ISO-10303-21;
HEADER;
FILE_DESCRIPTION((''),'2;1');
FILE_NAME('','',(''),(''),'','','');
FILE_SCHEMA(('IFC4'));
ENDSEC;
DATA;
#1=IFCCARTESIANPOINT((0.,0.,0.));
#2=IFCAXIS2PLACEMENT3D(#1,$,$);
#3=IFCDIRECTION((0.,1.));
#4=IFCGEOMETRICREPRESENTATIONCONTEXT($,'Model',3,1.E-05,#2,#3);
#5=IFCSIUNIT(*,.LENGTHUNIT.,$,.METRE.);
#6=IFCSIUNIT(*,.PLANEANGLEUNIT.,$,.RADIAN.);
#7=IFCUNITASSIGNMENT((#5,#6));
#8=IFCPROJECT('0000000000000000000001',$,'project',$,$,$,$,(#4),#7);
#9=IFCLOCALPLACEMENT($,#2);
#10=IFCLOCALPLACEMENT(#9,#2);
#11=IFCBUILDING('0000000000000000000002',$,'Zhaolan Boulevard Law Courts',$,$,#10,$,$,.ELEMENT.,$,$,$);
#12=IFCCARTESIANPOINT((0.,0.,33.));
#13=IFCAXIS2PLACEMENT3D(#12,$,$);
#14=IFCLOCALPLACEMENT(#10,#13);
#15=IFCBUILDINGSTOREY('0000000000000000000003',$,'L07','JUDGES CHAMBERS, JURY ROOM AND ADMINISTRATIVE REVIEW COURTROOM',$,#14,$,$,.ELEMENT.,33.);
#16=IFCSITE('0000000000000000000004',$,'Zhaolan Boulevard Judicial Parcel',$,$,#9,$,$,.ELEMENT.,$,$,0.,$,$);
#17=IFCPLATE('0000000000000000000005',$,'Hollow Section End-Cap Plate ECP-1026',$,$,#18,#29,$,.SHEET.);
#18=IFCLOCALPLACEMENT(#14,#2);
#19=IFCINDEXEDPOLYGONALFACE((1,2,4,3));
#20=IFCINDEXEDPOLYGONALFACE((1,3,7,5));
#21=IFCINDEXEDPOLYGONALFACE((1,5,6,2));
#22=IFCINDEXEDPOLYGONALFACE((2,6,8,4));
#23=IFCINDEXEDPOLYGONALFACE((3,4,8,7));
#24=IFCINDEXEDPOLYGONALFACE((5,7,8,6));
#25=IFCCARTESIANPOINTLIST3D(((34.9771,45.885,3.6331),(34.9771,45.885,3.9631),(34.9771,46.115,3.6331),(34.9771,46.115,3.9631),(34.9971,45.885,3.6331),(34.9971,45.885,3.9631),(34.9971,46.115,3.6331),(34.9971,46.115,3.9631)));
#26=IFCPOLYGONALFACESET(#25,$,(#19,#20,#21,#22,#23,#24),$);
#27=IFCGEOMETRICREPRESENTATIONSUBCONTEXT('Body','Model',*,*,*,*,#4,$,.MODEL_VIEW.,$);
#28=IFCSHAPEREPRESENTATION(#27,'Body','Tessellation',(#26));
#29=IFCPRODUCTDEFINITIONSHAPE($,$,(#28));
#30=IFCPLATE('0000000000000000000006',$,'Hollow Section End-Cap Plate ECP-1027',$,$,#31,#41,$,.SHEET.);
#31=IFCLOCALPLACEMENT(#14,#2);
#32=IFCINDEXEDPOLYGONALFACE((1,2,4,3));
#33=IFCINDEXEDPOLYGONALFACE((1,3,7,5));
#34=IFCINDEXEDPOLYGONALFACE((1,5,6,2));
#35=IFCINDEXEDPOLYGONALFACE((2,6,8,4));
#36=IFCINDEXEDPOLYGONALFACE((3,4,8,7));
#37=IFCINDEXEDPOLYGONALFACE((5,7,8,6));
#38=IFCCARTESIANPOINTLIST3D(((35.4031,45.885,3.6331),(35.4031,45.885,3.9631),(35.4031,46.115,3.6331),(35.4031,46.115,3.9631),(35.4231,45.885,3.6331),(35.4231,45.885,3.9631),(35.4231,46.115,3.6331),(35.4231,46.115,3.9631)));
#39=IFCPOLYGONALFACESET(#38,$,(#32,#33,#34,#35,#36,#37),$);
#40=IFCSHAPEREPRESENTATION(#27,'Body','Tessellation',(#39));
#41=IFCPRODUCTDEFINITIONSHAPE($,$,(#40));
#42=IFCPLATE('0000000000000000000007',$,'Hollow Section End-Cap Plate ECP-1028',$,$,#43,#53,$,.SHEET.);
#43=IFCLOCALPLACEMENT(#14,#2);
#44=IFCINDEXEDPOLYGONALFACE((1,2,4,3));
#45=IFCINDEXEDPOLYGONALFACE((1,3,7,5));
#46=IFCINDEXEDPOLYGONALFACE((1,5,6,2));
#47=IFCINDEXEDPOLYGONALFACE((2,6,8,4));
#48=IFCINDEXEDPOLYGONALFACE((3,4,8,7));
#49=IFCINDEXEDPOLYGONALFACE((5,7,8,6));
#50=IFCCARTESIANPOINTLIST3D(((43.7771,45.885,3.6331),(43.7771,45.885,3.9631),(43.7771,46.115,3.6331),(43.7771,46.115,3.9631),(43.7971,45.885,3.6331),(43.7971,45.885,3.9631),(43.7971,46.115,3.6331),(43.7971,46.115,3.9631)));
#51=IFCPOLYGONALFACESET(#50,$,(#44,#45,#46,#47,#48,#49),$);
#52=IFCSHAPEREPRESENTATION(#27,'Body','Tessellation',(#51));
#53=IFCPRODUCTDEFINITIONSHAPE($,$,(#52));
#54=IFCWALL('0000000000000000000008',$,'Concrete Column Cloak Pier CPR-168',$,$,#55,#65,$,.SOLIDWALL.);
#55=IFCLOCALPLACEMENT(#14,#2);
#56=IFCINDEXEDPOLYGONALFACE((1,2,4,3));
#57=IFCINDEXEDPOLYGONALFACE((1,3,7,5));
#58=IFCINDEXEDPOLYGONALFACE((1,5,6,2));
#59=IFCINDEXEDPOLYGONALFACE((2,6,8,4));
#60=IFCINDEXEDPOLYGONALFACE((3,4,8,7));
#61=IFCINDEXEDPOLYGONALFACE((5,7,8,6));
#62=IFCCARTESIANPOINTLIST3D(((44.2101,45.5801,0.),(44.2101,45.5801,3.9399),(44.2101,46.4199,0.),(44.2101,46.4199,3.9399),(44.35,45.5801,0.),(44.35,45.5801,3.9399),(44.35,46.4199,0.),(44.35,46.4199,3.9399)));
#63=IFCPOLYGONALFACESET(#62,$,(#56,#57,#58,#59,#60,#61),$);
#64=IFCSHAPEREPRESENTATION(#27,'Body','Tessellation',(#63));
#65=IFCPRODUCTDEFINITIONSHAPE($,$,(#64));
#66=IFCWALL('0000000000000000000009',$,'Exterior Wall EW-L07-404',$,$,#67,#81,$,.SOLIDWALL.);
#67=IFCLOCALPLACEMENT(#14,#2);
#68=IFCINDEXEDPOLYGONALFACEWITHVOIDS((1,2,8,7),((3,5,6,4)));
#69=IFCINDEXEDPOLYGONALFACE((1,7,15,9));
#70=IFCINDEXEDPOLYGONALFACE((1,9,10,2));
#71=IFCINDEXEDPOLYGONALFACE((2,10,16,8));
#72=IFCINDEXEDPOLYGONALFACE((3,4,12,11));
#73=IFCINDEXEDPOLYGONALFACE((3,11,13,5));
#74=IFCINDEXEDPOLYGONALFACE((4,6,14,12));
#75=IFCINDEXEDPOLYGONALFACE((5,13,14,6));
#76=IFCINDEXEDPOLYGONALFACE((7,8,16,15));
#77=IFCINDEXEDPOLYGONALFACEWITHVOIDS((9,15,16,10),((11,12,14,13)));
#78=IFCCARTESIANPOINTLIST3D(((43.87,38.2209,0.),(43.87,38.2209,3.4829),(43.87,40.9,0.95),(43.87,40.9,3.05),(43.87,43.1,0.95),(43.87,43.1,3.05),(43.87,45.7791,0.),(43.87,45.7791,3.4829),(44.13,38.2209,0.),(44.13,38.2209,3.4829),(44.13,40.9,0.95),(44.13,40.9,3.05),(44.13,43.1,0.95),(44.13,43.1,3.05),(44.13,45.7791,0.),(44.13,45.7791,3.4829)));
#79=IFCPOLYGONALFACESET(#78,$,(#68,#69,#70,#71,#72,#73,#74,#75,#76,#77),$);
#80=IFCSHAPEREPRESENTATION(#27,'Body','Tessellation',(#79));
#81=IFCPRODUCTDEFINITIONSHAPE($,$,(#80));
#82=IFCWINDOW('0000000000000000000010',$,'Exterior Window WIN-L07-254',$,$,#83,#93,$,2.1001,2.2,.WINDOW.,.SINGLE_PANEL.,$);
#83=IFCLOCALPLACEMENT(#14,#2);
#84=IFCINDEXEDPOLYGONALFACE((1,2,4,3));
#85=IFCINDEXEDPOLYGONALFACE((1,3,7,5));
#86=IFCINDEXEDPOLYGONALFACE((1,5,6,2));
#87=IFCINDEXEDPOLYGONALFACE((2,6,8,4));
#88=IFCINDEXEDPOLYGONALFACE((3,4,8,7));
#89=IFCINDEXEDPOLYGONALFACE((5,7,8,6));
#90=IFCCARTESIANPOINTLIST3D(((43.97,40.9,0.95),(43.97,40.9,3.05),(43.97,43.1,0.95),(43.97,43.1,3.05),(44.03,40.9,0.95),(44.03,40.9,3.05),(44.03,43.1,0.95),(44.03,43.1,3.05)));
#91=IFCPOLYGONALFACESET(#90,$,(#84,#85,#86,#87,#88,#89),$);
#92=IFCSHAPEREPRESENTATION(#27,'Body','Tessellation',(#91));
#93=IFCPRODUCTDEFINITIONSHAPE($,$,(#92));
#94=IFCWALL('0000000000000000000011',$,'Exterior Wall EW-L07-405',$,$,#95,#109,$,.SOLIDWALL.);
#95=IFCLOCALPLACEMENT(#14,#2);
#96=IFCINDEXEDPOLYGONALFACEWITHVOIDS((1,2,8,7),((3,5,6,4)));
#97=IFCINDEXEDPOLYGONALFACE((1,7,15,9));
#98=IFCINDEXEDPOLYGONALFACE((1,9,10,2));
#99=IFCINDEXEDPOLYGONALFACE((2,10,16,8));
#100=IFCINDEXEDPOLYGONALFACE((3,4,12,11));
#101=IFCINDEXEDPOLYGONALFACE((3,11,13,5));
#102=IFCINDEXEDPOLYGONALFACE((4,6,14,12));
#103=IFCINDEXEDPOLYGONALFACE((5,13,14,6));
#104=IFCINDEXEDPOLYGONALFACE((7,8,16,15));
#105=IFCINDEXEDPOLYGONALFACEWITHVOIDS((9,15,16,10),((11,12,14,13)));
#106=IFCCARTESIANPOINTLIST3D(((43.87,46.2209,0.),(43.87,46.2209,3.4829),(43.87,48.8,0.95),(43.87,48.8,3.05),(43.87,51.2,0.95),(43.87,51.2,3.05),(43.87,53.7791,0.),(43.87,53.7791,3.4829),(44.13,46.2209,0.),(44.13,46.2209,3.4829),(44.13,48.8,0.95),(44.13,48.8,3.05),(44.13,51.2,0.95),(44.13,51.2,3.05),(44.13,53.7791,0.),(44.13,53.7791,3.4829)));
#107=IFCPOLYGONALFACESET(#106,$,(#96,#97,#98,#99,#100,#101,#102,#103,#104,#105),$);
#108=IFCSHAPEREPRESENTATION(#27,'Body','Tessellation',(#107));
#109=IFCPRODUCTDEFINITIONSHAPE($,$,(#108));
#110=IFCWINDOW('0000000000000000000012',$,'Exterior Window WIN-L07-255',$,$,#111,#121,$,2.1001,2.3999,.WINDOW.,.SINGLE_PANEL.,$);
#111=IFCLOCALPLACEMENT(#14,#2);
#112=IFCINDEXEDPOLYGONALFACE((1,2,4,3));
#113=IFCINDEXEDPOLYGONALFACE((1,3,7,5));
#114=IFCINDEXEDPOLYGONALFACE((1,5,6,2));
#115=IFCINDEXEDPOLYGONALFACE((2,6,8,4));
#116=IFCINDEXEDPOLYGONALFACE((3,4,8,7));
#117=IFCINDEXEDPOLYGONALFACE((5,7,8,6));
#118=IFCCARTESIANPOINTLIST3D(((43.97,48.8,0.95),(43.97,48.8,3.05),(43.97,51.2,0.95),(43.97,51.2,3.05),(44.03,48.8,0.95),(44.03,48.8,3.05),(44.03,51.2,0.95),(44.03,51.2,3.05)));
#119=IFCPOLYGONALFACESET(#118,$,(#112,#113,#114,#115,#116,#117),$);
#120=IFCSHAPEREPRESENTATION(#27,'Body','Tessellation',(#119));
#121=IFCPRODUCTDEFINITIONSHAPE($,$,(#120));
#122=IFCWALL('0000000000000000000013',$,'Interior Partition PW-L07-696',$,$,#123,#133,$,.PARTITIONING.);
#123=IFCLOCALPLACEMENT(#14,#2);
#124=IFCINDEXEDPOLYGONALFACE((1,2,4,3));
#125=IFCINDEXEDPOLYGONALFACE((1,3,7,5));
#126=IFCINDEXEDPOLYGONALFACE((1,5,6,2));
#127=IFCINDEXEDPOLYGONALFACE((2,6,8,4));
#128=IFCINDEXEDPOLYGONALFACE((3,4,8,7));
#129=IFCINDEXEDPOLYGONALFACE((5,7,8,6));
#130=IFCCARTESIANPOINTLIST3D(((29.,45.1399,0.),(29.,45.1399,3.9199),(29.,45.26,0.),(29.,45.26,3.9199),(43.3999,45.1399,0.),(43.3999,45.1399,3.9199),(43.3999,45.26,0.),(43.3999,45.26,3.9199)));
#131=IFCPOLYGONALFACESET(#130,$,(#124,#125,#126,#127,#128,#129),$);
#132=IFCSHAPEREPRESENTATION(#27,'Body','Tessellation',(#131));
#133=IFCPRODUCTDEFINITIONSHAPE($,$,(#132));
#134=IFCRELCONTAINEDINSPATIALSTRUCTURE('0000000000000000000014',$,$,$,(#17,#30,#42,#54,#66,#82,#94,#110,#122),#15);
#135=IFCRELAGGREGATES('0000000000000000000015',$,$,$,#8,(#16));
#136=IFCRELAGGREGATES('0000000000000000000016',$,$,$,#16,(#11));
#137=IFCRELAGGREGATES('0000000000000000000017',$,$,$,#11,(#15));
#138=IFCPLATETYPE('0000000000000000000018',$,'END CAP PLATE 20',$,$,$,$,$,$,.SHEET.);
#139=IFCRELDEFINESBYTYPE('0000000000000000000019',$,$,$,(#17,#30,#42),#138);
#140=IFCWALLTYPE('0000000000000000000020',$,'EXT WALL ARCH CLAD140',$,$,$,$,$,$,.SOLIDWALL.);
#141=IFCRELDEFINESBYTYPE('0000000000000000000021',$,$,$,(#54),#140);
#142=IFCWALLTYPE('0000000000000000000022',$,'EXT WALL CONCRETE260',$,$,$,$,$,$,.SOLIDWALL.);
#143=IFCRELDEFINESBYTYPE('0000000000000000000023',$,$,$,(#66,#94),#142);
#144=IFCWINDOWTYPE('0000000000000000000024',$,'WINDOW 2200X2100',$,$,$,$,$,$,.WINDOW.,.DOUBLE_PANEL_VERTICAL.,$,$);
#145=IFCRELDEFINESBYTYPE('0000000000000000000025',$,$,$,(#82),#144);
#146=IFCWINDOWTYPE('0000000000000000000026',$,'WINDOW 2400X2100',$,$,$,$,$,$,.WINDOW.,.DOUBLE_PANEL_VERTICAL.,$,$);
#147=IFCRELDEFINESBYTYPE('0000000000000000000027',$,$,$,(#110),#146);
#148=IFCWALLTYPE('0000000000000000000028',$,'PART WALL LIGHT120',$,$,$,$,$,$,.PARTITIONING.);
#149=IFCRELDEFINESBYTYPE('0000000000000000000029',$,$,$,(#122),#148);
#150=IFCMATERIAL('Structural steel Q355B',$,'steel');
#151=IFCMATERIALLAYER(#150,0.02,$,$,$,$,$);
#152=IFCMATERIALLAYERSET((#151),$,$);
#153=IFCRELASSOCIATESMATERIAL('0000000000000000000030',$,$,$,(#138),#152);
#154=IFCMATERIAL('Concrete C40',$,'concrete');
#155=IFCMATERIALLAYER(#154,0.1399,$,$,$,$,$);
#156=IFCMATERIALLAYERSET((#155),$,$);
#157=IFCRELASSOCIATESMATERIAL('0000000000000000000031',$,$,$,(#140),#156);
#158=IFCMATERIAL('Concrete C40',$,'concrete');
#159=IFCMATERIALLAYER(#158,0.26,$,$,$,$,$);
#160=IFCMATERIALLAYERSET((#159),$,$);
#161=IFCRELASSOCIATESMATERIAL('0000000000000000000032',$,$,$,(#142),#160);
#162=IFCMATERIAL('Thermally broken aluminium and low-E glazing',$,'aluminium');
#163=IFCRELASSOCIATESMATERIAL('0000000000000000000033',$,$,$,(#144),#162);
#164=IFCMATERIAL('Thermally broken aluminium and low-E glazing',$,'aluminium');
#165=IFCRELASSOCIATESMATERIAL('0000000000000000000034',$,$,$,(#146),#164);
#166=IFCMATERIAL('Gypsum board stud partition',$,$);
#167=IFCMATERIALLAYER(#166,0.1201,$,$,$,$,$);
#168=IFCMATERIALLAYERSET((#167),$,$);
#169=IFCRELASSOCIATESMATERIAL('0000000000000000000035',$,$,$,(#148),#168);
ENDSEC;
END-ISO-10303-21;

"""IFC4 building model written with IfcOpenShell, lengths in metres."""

from ifc_helpers import new_model, si_unit, direction, frame, frame_2d, origin, origin_2d, place, context, subcontext, project, spatial, rectangle, extrude, material, layer, layer_set, type_object, element, fill, save


model = new_model("IFC4")

# Units and contexts
model_context = context("Model", 3, precision=1e-05, world=origin(), true_north=direction((0.0, 1.0)))
body_context = subcontext(model_context, "Body", "Model", "MODEL_VIEW")
ifc_project = project(units=[si_unit("LENGTHUNIT", "METRE"), si_unit("PLANEANGLEUNIT", "RADIAN")], contexts=[model_context])

# Site, building, storey
site_placement = place(None, origin())
site = spatial("IfcSite", under=ifc_project, at=site_placement, Name="Zhaolan Boulevard Judicial Parcel", CompositionType="ELEMENT", RefElevation=0.0)
building_placement = place(site_placement, origin())
building = spatial("IfcBuilding", under=site, at=building_placement, Name="Zhaolan Boulevard Law Courts", CompositionType="ELEMENT")
storey_placement = place(building_placement, frame((0.0, 0.0, 33.0)))
storey = spatial("IfcBuildingStorey", under=building, at=storey_placement, Name="L07", Description="JUDGES CHAMBERS, JURY ROOM AND ADMINISTRATIVE REVIEW COURTROOM", CompositionType="ELEMENT", Elevation=33.0)

# Plates
ifc_material_1 = material(Name="Structural steel Q355B", Category="steel")
ifc_layer_1 = layer(ifc_material_1, 0.02)
ifc_layer_set_1 = layer_set([ifc_layer_1])
plate_type = type_object("IfcPlateType", Name="END CAP PLATE 20", PredefinedType="SHEET", material=ifc_layer_set_1)
for number, where, z_axis, x_axis, name in (
    (1, (34.9871, 46.0, 3.6331), (0.0, 0.0, 1.0), (1.0, 0.0, 0.0), "Hollow Section End-Cap Plate ECP-1026"),
    (2, (35.4131, 46.0, 3.6331), (0.0, 0.0, 1.0), (1.0, 0.0, 0.0), "Hollow Section End-Cap Plate ECP-1027"),
    (3, (43.7871, 46.0, 3.6331), (0.0, 0.0, 1.0), (1.0, 0.0, 0.0), "Hollow Section End-Cap Plate ECP-1028"),
):
    element("IfcPlate", number, at=place(storey_placement, frame(where, z_axis=z_axis, x_axis=x_axis)), inside=storey, type_object=plate_type, Name=name, PredefinedType="SHEET", context=body_context, shape_type="SweptSolid", body=[
        extrude(rectangle(XDim=0.02, YDim=0.23, at=origin_2d()), origin(), (0.0, 0.0, 1.0), 0.3301),
    ])

# Wall
ifc_material_2 = material(Name="Concrete C40", Category="concrete")
ifc_layer_2 = layer(ifc_material_2, 0.1399)
ifc_layer_set_2 = layer_set([ifc_layer_2])
wall_type_1 = type_object("IfcWallType", Name="EXT WALL ARCH CLAD140", PredefinedType="SOLIDWALL", material=ifc_layer_set_2)
wall_1_placement = place(storey_placement, frame((44.28, 45.5801, 0.0), z_axis=(0.0, 0.0, 1.0), x_axis=(0.0, 1.0, 0.0)))
element("IfcWall", 4, at=wall_1_placement, inside=storey, type_object=wall_type_1, Name="Concrete Column Cloak Pier CPR-168", PredefinedType="SOLIDWALL", context=body_context, shape_type="SweptSolid", body=[
    extrude(rectangle(XDim=0.8398, YDim=0.1399, at=frame_2d((0.4199, 0.0))), origin(), (0.0, 0.0, 1.0), 3.9399),
])

# Walls, openings, windows
ifc_material_3 = material(Name="Concrete C40", Category="concrete")
ifc_layer_3 = layer(ifc_material_3, 0.26)
ifc_layer_set_3 = layer_set([ifc_layer_3])
wall_type_2 = type_object("IfcWallType", Name="EXT WALL CONCRETE260", PredefinedType="SOLIDWALL", material=ifc_layer_set_3)
wall_2_placement = place(storey_placement, frame((44.0, 38.2209, 0.0), z_axis=(0.0, 0.0, 1.0), x_axis=(0.0, 1.0, 0.0)))
wall_2 = element("IfcWall", 5, at=wall_2_placement, inside=storey, type_object=wall_type_2, Name="Exterior Wall EW-L07-404", PredefinedType="SOLIDWALL", context=body_context, shape_type="SweptSolid", body=[
    extrude(rectangle(XDim=7.5581, YDim=0.26, at=frame_2d((3.7791, 0.0))), origin(), (0.0, 0.0, 1.0), 3.4829),
])
opening_1_placement = place(wall_2_placement, frame((2.679, 0.0, 0.95)))
opening_1 = element("IfcOpeningElement", 6, at=opening_1_placement, cuts=wall_2, PredefinedType="OPENING", context=body_context, shape_type="SweptSolid", body=[
    extrude(rectangle(XDim=2.2, YDim=2.1001, at=frame_2d((1.1001, 1.05))), frame((0.0, 0.1399, 0.0), z_axis=(0.0, -1.0, 0.0), x_axis=(1.0, 0.0, 0.0)), (0.0, 0.0, 1.0), 0.28),
])
ifc_material_4 = material(Name="Thermally broken aluminium and low-E glazing", Category="aluminium")
window_type_1 = type_object("IfcWindowType", Name="WINDOW 2200X2100", PartitioningType="DOUBLE_PANEL_VERTICAL", PredefinedType="WINDOW", material=ifc_material_4)
window_1_placement = place(opening_1_placement, origin())
window_1 = element("IfcWindow", 7, at=window_1_placement, inside=storey, type_object=window_type_1, Name="Exterior Window WIN-L07-254", OverallHeight=2.1001, OverallWidth=2.2, PartitioningType="SINGLE_PANEL", PredefinedType="WINDOW", context=body_context, shape_type="SweptSolid", body=[
    extrude(rectangle(XDim=2.2, YDim=2.1001, at=frame_2d((1.1001, 1.05))), frame((0.0, 0.03, 0.0), z_axis=(0.0, -1.0, 0.0), x_axis=(1.0, 0.0, 0.0)), (0.0, 0.0, 1.0), 0.0601),
])
fill(opening_1, window_1)
wall_3_placement = place(storey_placement, frame((44.0, 46.2209, 0.0), z_axis=(0.0, 0.0, 1.0), x_axis=(0.0, 1.0, 0.0)))
wall_3 = element("IfcWall", 8, at=wall_3_placement, inside=storey, type_object=wall_type_2, Name="Exterior Wall EW-L07-405", PredefinedType="SOLIDWALL", context=body_context, shape_type="SweptSolid", body=[
    extrude(rectangle(XDim=7.5581, YDim=0.26, at=frame_2d((3.7791, 0.0))), origin(), (0.0, 0.0, 1.0), 3.4829),
])
opening_2_placement = place(wall_3_placement, frame((2.5791, 0.0, 0.95)))
opening_2 = element("IfcOpeningElement", 9, at=opening_2_placement, cuts=wall_3, PredefinedType="OPENING", context=body_context, shape_type="SweptSolid", body=[
    extrude(rectangle(XDim=2.3999, YDim=2.1001, at=frame_2d((1.2, 1.05))), frame((0.0, 0.1399, 0.0), z_axis=(0.0, -1.0, 0.0), x_axis=(1.0, 0.0, 0.0)), (0.0, 0.0, 1.0), 0.28),
])
ifc_material_5 = material(Name="Thermally broken aluminium and low-E glazing", Category="aluminium")
window_type_2 = type_object("IfcWindowType", Name="WINDOW 2400X2100", PartitioningType="DOUBLE_PANEL_VERTICAL", PredefinedType="WINDOW", material=ifc_material_5)
window_2_placement = place(opening_2_placement, origin())
window_2 = element("IfcWindow", 10, at=window_2_placement, inside=storey, type_object=window_type_2, Name="Exterior Window WIN-L07-255", OverallHeight=2.1001, OverallWidth=2.3999, PartitioningType="SINGLE_PANEL", PredefinedType="WINDOW", context=body_context, shape_type="SweptSolid", body=[
    extrude(rectangle(XDim=2.3999, YDim=2.1001, at=frame_2d((1.2, 1.05))), frame((0.0, 0.03, 0.0), z_axis=(0.0, -1.0, 0.0), x_axis=(1.0, 0.0, 0.0)), (0.0, 0.0, 1.0), 0.0601),
])
fill(opening_2, window_2)

# Wall
ifc_material_6 = material(Name="Gypsum board stud partition")
ifc_layer_4 = layer(ifc_material_6, 0.1201)
ifc_layer_set_4 = layer_set([ifc_layer_4])
wall_type_3 = type_object("IfcWallType", Name="PART WALL LIGHT120", PredefinedType="PARTITIONING", material=ifc_layer_set_4)
wall_4_placement = place(storey_placement, frame((29.0, 45.2, 0.0), z_axis=(0.0, 0.0, 1.0), x_axis=(1.0, 0.0, 0.0)))
element("IfcWall", 11, at=wall_4_placement, inside=storey, type_object=wall_type_3, Name="Interior Partition PW-L07-696", PredefinedType="PARTITIONING", context=body_context, shape_type="SweptSolid", body=[
    extrude(rectangle(XDim=14.3999, YDim=0.1201, at=frame_2d((7.2, 0.0))), origin(), (0.0, 0.0, 1.0), 3.9199),
])

save(model, "model.ifc")
